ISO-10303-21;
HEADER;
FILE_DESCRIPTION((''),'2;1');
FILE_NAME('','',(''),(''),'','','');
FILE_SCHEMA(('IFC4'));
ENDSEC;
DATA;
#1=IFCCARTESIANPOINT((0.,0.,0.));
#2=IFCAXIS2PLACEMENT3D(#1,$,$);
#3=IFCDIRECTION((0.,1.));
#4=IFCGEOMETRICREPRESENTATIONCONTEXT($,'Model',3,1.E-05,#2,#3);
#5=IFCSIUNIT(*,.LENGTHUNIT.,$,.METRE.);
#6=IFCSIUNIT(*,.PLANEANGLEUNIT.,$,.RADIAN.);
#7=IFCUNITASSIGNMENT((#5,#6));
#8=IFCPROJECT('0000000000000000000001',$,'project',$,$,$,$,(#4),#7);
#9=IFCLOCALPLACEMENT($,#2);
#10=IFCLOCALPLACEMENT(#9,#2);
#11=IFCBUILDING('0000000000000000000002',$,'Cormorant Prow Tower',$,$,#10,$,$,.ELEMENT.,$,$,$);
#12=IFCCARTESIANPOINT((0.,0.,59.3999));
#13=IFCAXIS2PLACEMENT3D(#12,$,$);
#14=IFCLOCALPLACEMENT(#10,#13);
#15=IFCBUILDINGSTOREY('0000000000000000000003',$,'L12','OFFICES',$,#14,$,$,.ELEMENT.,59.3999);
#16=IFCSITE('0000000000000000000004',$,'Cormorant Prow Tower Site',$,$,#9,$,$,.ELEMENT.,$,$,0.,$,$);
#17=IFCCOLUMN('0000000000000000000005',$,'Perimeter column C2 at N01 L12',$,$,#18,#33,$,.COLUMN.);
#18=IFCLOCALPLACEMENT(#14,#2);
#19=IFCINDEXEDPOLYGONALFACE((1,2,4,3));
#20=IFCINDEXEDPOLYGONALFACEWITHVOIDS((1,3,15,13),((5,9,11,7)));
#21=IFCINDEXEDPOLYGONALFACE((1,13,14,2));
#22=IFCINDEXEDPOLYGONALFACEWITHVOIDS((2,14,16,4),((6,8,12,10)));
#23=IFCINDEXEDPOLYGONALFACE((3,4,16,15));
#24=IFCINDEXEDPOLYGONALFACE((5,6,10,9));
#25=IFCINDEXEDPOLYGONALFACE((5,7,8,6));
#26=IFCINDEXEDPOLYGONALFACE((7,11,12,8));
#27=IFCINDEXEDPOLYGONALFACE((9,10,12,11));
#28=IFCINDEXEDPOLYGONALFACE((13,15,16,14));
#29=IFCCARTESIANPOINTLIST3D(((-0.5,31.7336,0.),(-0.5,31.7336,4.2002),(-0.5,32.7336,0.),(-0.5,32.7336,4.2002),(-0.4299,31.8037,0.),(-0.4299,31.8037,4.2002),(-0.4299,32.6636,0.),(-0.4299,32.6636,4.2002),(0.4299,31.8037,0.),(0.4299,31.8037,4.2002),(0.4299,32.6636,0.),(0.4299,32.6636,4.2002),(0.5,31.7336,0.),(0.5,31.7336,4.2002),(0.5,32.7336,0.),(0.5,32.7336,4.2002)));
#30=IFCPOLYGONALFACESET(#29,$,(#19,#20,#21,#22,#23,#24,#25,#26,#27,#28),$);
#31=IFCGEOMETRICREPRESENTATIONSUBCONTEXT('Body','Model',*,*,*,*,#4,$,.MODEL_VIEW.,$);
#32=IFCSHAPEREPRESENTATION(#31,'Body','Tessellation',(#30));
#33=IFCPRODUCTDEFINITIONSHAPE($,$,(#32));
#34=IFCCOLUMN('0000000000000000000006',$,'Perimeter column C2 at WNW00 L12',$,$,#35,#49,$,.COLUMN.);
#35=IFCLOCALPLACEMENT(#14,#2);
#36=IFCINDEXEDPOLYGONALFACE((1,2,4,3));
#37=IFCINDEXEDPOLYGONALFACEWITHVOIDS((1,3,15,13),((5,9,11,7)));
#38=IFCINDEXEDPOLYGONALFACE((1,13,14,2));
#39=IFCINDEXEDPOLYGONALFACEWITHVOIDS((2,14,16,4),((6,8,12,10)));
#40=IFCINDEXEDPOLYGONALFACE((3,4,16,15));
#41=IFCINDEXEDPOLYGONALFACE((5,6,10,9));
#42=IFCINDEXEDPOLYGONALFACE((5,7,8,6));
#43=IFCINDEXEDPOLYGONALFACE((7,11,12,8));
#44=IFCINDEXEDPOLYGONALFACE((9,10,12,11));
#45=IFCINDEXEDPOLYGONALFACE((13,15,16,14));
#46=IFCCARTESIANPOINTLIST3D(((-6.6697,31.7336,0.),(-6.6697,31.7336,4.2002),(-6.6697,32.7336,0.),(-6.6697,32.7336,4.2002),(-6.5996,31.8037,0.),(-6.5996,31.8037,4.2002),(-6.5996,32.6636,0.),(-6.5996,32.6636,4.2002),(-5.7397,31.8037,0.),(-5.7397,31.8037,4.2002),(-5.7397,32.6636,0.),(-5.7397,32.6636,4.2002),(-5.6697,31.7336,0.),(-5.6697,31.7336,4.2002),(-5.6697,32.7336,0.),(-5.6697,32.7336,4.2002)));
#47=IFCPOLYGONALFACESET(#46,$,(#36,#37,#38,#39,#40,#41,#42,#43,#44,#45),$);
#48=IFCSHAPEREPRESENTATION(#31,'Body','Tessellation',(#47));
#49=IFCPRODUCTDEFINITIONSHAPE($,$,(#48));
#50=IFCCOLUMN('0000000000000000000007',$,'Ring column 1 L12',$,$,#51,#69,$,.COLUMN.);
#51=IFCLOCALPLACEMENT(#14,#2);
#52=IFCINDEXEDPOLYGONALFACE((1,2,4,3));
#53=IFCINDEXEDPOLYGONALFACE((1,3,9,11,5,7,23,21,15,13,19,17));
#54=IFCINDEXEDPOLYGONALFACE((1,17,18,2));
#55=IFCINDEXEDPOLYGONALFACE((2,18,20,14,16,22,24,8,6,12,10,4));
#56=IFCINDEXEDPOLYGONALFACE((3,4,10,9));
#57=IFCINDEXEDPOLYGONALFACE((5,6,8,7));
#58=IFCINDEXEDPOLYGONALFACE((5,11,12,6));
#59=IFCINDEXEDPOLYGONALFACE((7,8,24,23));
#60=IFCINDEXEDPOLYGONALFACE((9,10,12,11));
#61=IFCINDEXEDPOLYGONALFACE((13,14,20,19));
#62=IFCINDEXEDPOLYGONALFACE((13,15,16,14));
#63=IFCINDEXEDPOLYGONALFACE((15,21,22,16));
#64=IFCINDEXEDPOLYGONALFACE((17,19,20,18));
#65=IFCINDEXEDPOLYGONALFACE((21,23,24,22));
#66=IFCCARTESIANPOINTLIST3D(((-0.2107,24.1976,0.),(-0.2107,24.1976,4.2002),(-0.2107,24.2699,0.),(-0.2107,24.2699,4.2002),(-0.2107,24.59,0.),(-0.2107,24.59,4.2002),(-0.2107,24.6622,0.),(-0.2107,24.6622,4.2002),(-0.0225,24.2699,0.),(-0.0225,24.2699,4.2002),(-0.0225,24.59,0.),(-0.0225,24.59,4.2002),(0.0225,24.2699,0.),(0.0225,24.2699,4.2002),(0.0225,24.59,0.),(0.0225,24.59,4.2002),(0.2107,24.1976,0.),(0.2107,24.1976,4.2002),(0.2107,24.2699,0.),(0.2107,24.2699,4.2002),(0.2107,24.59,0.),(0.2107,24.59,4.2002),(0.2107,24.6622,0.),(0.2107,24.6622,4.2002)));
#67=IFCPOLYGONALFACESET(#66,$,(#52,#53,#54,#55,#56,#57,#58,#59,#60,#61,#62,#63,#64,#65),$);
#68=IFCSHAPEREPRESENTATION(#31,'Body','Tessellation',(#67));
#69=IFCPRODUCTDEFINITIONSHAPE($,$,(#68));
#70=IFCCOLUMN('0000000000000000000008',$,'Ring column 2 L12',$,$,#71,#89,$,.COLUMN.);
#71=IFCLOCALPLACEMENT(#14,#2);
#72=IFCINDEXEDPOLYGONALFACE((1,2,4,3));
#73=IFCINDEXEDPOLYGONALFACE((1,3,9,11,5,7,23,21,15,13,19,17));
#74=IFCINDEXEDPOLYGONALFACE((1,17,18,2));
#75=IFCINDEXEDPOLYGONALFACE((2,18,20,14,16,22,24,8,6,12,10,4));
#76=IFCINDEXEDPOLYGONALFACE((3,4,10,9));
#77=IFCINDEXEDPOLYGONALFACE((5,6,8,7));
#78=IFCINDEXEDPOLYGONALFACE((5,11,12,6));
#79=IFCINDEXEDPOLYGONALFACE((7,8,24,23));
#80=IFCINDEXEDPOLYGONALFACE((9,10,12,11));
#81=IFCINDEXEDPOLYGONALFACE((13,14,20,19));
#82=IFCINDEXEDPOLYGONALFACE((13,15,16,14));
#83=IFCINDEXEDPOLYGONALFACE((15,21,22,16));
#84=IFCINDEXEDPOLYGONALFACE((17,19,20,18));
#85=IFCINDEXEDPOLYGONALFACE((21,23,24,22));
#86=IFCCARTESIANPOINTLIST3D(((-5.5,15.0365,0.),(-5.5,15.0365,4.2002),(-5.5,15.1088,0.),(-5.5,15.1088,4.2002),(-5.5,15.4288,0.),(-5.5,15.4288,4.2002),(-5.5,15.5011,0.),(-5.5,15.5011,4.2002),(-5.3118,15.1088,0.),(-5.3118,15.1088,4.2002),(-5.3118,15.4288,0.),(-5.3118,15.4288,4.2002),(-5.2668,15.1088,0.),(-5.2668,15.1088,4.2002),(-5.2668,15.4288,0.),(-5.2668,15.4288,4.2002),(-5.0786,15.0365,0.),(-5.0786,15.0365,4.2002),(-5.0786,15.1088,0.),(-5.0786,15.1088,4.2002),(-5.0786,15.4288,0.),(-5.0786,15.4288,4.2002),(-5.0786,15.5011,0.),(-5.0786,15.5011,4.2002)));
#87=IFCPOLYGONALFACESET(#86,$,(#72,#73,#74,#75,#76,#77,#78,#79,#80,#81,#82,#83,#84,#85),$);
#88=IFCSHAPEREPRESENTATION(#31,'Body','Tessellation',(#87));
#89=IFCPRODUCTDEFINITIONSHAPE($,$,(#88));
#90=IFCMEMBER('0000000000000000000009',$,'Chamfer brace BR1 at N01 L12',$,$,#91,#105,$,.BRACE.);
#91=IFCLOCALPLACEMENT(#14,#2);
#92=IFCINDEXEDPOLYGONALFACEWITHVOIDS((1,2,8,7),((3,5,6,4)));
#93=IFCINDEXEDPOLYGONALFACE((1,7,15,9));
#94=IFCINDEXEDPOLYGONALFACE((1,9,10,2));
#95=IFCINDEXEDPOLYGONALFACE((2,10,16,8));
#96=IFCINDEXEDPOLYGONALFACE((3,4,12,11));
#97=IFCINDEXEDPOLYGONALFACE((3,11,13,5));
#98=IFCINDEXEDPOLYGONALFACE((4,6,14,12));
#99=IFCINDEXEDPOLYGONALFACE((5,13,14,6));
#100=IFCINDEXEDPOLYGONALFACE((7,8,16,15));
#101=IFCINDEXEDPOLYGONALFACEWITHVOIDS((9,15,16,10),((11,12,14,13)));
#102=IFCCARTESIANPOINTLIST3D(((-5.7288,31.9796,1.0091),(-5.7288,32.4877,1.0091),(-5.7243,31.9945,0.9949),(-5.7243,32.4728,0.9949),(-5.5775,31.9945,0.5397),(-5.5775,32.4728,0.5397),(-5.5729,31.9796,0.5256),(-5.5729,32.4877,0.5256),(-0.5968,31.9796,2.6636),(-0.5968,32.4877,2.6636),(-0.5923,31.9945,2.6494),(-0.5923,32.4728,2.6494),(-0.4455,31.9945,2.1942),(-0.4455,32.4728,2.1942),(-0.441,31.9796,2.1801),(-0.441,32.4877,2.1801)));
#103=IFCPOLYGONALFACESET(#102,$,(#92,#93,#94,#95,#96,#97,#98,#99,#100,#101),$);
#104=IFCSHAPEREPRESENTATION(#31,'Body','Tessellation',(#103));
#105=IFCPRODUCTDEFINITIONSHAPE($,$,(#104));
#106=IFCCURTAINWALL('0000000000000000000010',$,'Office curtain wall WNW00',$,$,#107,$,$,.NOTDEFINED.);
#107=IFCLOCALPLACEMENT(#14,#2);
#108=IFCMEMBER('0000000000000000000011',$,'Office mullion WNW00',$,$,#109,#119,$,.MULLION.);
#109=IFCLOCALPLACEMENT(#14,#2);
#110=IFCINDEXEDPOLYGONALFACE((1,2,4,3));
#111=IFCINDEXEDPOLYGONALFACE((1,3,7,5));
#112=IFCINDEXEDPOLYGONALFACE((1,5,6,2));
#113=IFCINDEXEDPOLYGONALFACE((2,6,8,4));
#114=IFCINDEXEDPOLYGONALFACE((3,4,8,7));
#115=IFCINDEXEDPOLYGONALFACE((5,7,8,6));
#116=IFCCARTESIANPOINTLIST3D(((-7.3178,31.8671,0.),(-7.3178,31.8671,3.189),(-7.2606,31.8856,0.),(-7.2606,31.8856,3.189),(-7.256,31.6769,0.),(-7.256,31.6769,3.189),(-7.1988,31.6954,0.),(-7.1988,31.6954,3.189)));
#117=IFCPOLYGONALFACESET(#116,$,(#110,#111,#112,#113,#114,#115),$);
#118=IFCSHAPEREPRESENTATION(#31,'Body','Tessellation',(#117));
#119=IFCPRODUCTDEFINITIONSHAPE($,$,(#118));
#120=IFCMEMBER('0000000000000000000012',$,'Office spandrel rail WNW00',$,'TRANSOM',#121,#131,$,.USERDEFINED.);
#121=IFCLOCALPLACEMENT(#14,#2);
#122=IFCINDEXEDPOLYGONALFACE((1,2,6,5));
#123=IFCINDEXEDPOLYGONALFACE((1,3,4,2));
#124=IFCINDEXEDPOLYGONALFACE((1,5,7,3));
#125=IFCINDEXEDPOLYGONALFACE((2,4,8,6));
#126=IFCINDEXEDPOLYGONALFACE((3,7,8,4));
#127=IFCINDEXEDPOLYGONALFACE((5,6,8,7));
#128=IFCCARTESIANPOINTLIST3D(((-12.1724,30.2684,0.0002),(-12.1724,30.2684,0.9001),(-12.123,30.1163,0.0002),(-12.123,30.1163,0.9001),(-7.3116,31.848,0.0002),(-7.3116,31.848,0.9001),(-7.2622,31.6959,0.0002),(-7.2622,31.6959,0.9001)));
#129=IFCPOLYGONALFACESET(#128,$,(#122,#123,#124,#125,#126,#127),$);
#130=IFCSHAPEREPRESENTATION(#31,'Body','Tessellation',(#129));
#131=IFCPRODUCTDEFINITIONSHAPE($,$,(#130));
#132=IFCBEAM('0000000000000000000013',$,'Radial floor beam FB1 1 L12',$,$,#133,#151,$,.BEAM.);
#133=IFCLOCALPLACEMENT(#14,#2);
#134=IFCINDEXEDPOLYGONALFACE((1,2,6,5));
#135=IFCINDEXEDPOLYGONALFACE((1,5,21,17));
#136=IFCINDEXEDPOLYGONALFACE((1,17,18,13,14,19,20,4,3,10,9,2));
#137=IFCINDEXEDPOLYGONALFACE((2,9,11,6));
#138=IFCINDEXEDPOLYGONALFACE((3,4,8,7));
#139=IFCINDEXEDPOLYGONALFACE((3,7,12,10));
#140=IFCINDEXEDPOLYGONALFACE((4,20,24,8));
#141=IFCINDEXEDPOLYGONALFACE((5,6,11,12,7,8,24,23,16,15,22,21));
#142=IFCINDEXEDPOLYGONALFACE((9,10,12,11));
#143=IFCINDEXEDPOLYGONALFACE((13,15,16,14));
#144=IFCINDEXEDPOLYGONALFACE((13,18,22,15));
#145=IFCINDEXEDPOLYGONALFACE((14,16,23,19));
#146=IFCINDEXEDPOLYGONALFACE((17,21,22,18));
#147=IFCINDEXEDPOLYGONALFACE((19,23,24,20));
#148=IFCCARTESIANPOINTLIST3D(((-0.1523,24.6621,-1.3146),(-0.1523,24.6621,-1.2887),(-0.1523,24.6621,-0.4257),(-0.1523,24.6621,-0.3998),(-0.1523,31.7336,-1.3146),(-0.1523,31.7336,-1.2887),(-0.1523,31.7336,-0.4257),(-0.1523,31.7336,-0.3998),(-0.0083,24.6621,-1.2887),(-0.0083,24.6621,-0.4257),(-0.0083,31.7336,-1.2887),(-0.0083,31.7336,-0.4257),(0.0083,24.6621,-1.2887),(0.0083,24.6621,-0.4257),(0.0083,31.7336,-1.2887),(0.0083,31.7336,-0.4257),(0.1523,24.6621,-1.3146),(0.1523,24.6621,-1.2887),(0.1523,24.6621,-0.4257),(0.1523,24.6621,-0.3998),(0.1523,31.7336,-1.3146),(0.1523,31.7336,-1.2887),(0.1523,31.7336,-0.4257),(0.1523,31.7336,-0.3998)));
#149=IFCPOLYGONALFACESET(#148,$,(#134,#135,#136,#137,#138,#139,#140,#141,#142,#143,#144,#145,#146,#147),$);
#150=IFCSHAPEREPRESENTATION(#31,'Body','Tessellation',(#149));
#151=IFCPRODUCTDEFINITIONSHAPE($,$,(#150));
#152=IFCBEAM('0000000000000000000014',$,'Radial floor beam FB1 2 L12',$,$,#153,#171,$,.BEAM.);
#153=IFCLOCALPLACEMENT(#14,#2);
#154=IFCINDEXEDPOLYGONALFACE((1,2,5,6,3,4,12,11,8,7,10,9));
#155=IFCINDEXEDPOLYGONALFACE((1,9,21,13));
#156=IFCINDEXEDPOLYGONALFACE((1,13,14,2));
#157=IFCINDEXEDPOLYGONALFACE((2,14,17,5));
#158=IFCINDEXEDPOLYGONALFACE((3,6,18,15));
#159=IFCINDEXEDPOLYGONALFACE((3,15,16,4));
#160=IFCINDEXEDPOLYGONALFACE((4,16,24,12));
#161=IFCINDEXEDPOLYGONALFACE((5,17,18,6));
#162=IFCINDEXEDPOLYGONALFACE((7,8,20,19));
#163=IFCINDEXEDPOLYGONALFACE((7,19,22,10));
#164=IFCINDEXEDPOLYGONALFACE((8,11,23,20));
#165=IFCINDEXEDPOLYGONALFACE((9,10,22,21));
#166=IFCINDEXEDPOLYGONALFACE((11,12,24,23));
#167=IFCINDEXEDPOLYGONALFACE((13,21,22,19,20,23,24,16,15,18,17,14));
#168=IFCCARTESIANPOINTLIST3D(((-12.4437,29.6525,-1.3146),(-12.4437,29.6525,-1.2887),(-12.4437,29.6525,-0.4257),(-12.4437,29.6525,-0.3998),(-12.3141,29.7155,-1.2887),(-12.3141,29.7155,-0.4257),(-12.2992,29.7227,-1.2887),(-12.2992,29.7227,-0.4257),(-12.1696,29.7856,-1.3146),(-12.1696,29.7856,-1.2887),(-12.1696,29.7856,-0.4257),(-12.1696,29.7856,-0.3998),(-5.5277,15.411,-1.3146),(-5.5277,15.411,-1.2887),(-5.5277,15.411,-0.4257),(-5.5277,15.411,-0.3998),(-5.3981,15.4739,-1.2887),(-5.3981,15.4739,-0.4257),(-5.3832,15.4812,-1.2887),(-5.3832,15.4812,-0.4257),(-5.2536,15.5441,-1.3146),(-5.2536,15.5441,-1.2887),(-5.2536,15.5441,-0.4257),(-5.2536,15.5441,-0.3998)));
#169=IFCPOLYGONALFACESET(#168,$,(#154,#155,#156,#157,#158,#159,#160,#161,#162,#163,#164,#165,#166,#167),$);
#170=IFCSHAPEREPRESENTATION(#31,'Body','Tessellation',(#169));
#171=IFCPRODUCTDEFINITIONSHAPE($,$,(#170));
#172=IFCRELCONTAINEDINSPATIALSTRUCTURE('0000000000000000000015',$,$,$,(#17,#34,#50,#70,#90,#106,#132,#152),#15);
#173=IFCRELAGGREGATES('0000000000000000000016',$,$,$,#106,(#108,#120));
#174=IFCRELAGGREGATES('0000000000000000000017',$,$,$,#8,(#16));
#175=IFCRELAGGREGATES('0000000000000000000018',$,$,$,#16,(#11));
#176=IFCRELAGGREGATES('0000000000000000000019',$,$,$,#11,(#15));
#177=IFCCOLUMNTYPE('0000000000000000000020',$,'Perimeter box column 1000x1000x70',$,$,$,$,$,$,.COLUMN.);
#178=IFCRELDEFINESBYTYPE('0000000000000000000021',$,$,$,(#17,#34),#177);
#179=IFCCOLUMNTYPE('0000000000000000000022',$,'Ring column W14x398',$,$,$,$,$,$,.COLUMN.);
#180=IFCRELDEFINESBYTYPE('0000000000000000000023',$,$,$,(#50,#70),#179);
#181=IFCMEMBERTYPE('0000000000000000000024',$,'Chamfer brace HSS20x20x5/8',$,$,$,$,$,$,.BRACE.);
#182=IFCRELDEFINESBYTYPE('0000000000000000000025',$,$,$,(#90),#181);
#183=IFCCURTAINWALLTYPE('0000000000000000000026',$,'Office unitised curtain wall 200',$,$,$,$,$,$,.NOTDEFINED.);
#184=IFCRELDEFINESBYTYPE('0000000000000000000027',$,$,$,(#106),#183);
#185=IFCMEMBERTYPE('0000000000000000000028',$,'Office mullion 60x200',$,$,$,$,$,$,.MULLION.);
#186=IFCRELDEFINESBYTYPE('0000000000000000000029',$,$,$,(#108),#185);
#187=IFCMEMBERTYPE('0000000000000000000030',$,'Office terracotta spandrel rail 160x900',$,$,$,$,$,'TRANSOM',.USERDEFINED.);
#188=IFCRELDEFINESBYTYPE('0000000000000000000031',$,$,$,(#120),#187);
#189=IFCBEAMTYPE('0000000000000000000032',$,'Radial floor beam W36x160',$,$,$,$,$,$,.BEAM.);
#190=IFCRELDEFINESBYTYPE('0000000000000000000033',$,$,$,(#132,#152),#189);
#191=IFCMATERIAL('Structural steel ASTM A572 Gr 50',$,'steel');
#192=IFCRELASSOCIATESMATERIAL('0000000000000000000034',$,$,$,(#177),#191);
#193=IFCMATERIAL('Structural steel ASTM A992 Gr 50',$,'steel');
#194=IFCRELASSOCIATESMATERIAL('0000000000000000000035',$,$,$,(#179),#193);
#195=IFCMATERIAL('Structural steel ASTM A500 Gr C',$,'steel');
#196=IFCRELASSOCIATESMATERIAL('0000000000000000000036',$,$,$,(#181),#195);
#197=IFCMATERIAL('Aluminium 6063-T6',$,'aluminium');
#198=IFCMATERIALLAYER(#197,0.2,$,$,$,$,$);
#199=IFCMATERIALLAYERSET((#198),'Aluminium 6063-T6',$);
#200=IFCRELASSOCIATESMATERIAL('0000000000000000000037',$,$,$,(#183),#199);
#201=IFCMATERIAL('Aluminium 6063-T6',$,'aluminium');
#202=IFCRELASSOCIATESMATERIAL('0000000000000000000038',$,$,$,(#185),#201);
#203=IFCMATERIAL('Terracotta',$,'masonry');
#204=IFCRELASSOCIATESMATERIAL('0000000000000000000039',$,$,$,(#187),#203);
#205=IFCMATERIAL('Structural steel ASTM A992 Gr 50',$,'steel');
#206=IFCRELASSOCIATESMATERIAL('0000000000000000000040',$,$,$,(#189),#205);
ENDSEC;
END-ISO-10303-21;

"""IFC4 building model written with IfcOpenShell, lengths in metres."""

from ifc_helpers import new_model, si_unit, direction, frame, origin, origin_2d, place, context, subcontext, project, spatial, rectangle, hollow_rectangle, i_section, extrude, material, layer, layer_set, material_profile, profile_set, type_object, element, aggregate, save


model = new_model("IFC4")

# Units and contexts
model_context = context("Model", 3, precision=1e-05, world=origin(), true_north=direction((0.0, 1.0)))
body_context = subcontext(model_context, "Body", "Model", "MODEL_VIEW")
ifc_project = project(units=[si_unit("LENGTHUNIT", "METRE"), si_unit("PLANEANGLEUNIT", "RADIAN")], contexts=[model_context])

# Site, building, storey
site_placement = place(None, origin())
site = spatial("IfcSite", under=ifc_project, at=site_placement, Name="Cormorant Prow Tower Site", CompositionType="ELEMENT", RefElevation=0.0)
building_placement = place(site_placement, origin())
building = spatial("IfcBuilding", under=site, at=building_placement, Name="Cormorant Prow Tower", CompositionType="ELEMENT")
storey_placement = place(building_placement, frame((0.0, 0.0, 59.3999)))
storey = spatial("IfcBuildingStorey", under=building, at=storey_placement, Name="L12", Description="OFFICES", CompositionType="ELEMENT", Elevation=59.3999)

# Columns
ifc_material_1 = material(Name="Structural steel ASTM A572 Gr 50", Category="steel")
ifc_material_profile_1 = material_profile(ifc_material_1, hollow_rectangle(XDim=1.0, YDim=1.0, WallThickness=0.0701, at=origin_2d()), Name="Box 1000x1000x70")
ifc_profile_set_1 = profile_set([ifc_material_profile_1], Name="Structural steel ASTM A572 Gr 50")
column_type_1 = type_object("IfcColumnType", Name="Perimeter box column 1000x1000x70", PredefinedType="COLUMN", material=ifc_profile_set_1)
for number, where, z_axis, x_axis, name in (
    (1, (0.0, 32.2336, 0.0), (0.0, 0.0, 1.0), (1.0, 0.0, 0.0), "Perimeter column C2 at N01 L12"),
    (2, (-6.1697, 32.2336, 0.0), (0.0, 0.0, 1.0), (1.0, 0.0, 0.0), "Perimeter column C2 at WNW00 L12"),
):
    element("IfcColumn", number, at=place(storey_placement, frame(where, z_axis=z_axis, x_axis=x_axis)), inside=storey, type_object=column_type_1, Name=name, PredefinedType="COLUMN", context=body_context, shape_type="SweptSolid", body=[
        extrude(hollow_rectangle(XDim=1.0, YDim=1.0, WallThickness=0.0701, at=origin_2d()), origin(), (0.0, 0.0, 1.0), 4.2002),
    ])
ifc_material_2 = material(Name="Structural steel ASTM A992 Gr 50", Category="steel")
ifc_material_profile_2 = material_profile(ifc_material_2, i_section(OverallWidth=0.4214, OverallDepth=0.4646, WebThickness=0.0449, FlangeThickness=0.0723, at=origin_2d()), Name="W14x398")
ifc_profile_set_2 = profile_set([ifc_material_profile_2], Name="Structural steel ASTM A992 Gr 50")
column_type_2 = type_object("IfcColumnType", Name="Ring column W14x398", PredefinedType="COLUMN", material=ifc_profile_set_2)
for number, where, z_axis, x_axis, name in (
    (3, (0.0, 24.4299, 0.0), (0.0, 0.0, 1.0), (1.0, 0.0, 0.0), "Ring column 1 L12"),
    (4, (-5.2893, 15.2688, 0.0), (0.0, 0.0, 1.0), (1.0, 0.0, 0.0), "Ring column 2 L12"),
):
    element("IfcColumn", number, at=place(storey_placement, frame(where, z_axis=z_axis, x_axis=x_axis)), inside=storey, type_object=column_type_2, Name=name, PredefinedType="COLUMN", context=body_context, shape_type="SweptSolid", body=[
        extrude(i_section(OverallWidth=0.4214, OverallDepth=0.4646, WebThickness=0.0449, FlangeThickness=0.0723, at=origin_2d()), origin(), (0.0, 0.0, 1.0), 4.2002),
    ])

# Member
ifc_material_3 = material(Name="Structural steel ASTM A500 Gr C", Category="steel")
ifc_material_profile_3 = material_profile(ifc_material_3, hollow_rectangle(XDim=0.5081, YDim=0.5081, WallThickness=0.0149, at=origin_2d()), Name="HSS20x20x5/8")
ifc_profile_set_3 = profile_set([ifc_material_profile_3], Name="Structural steel ASTM A500 Gr C")
member_type_1 = type_object("IfcMemberType", Name="Chamfer brace HSS20x20x5/8", PredefinedType="BRACE", material=ifc_profile_set_3)
member_1_placement = place(storey_placement, frame((-5.6509, 32.2336, 0.7673), z_axis=(0.951761, 0.0, 0.30684), x_axis=(0.0, 1.0, 0.0)))
element("IfcMember", 5, at=member_1_placement, inside=storey, type_object=member_type_1, Name="Chamfer brace BR1 at N01 L12", PredefinedType="BRACE", context=body_context, shape_type="SweptSolid", body=[
    extrude(hollow_rectangle(XDim=0.5081, YDim=0.5081, WallThickness=0.0149, at=origin_2d()), origin(), (0.0, 0.0, 1.0), 5.3921),
])

# Curtain wall, members
ifc_material_4 = material(Name="Aluminium 6063-T6", Category="aluminium")
ifc_layer_1 = layer(ifc_material_4, 0.2)
ifc_layer_set_1 = layer_set([ifc_layer_1], Name="Aluminium 6063-T6")
curtain_wall_type = type_object("IfcCurtainWallType", Name="Office unitised curtain wall 200", PredefinedType="NOTDEFINED", material=ifc_layer_set_1)
curtain_wall_placement = place(storey_placement, origin())
curtain_wall = element("IfcCurtainWall", 6, at=curtain_wall_placement, inside=storey, type_object=curtain_wall_type, Name="Office curtain wall WNW00", PredefinedType="NOTDEFINED")
ifc_material_5 = material(Name="Aluminium 6063-T6", Category="aluminium")
ifc_material_profile_4 = material_profile(ifc_material_5, rectangle(XDim=0.2, YDim=0.0601, at=origin_2d()), Name="Office mullion 60x200")
ifc_profile_set_4 = profile_set([ifc_material_profile_4], Name="Aluminium 6063-T6")
member_type_2 = type_object("IfcMemberType", Name="Office mullion 60x200", PredefinedType="MULLION", material=ifc_profile_set_4)
member_2_placement = place(storey_placement, frame((-7.2583, 31.7812, 0.0), z_axis=(0.0, 0.0, 1.0), x_axis=(0.309017, -0.951056, 0.0)))
member_2 = element("IfcMember", 7, at=member_2_placement, type_object=member_type_2, Name="Office mullion WNW00", PredefinedType="MULLION", context=body_context, shape_type="SweptSolid", body=[
    extrude(rectangle(XDim=0.2, YDim=0.0601, at=origin_2d()), origin(), (0.0, 0.0, 1.0), 3.189),
])
ifc_material_6 = material(Name="Terracotta", Category="masonry")
ifc_material_profile_5 = material_profile(ifc_material_6, rectangle(XDim=0.1599, YDim=0.8999, at=origin_2d()), Name="Office terracotta spandrel rail 160x900")
ifc_profile_set_5 = profile_set([ifc_material_profile_5], Name="Terracotta")
member_type_3 = type_object("IfcMemberType", Name="Office terracotta spandrel rail 160x900", ElementType="TRANSOM", PredefinedType="USERDEFINED", material=ifc_profile_set_5)
member_3_placement = place(storey_placement, frame((-7.2869, 31.772, 0.4502), z_axis=(-0.951045, -0.309054, 0.0), x_axis=(0.309054, -0.951045, 0.0)))
member_3 = element("IfcMember", 8, at=member_3_placement, type_object=member_type_3, Name="Office spandrel rail WNW00", ObjectType="TRANSOM", PredefinedType="USERDEFINED", context=body_context, shape_type="SweptSolid", body=[
    extrude(rectangle(XDim=0.1599, YDim=0.8999, at=origin_2d()), origin(), (0.0, 0.0, 1.0), 5.1111),
])

# Beams
ifc_material_7 = material(Name="Structural steel ASTM A992 Gr 50", Category="steel")
ifc_material_profile_6 = material_profile(ifc_material_7, i_section(OverallWidth=0.3047, OverallDepth=0.9148, WebThickness=0.0166, FlangeThickness=0.0259, at=origin_2d()), Name="W36x160")
ifc_profile_set_6 = profile_set([ifc_material_profile_6], Name="Structural steel ASTM A992 Gr 50")
beam_type_1 = type_object("IfcBeamType", Name="Radial floor beam W36x160", PredefinedType="BEAM", material=ifc_profile_set_6)
beam_1_placement = place(storey_placement, frame((0.0, 24.6621, -0.8572), z_axis=(0.0, 1.0, 0.0), x_axis=(-1.0, 0.0, 0.0)))
element("IfcBeam", 9, at=beam_1_placement, inside=storey, type_object=beam_type_1, Name="Radial floor beam FB1 1 L12", PredefinedType="BEAM", context=body_context, shape_type="SweptSolid", body=[
    extrude(i_section(OverallWidth=0.3047, OverallDepth=0.9148, WebThickness=0.0166, FlangeThickness=0.0259, at=origin_2d()), origin(), (0.0, 0.0, 1.0), 7.0715),
])
beam_2_placement = place(storey_placement, frame((-5.3906, 15.4775, -0.8572), z_axis=(-0.436839, 0.899539, 0.0), x_axis=(-0.899539, -0.436839, 0.0)))
element("IfcBeam", 10, at=beam_2_placement, inside=storey, type_object=beam_type_1, Name="Radial floor beam FB1 2 L12", PredefinedType="BEAM", context=body_context, shape_type="SweptSolid", body=[
    extrude(i_section(OverallWidth=0.3047, OverallDepth=0.9148, WebThickness=0.0166, FlangeThickness=0.0259, at=origin_2d()), origin(), (0.0, 0.0, 1.0), 15.832),
])

aggregate(curtain_wall, [member_2, member_3])

save(model, "model.ifc")
